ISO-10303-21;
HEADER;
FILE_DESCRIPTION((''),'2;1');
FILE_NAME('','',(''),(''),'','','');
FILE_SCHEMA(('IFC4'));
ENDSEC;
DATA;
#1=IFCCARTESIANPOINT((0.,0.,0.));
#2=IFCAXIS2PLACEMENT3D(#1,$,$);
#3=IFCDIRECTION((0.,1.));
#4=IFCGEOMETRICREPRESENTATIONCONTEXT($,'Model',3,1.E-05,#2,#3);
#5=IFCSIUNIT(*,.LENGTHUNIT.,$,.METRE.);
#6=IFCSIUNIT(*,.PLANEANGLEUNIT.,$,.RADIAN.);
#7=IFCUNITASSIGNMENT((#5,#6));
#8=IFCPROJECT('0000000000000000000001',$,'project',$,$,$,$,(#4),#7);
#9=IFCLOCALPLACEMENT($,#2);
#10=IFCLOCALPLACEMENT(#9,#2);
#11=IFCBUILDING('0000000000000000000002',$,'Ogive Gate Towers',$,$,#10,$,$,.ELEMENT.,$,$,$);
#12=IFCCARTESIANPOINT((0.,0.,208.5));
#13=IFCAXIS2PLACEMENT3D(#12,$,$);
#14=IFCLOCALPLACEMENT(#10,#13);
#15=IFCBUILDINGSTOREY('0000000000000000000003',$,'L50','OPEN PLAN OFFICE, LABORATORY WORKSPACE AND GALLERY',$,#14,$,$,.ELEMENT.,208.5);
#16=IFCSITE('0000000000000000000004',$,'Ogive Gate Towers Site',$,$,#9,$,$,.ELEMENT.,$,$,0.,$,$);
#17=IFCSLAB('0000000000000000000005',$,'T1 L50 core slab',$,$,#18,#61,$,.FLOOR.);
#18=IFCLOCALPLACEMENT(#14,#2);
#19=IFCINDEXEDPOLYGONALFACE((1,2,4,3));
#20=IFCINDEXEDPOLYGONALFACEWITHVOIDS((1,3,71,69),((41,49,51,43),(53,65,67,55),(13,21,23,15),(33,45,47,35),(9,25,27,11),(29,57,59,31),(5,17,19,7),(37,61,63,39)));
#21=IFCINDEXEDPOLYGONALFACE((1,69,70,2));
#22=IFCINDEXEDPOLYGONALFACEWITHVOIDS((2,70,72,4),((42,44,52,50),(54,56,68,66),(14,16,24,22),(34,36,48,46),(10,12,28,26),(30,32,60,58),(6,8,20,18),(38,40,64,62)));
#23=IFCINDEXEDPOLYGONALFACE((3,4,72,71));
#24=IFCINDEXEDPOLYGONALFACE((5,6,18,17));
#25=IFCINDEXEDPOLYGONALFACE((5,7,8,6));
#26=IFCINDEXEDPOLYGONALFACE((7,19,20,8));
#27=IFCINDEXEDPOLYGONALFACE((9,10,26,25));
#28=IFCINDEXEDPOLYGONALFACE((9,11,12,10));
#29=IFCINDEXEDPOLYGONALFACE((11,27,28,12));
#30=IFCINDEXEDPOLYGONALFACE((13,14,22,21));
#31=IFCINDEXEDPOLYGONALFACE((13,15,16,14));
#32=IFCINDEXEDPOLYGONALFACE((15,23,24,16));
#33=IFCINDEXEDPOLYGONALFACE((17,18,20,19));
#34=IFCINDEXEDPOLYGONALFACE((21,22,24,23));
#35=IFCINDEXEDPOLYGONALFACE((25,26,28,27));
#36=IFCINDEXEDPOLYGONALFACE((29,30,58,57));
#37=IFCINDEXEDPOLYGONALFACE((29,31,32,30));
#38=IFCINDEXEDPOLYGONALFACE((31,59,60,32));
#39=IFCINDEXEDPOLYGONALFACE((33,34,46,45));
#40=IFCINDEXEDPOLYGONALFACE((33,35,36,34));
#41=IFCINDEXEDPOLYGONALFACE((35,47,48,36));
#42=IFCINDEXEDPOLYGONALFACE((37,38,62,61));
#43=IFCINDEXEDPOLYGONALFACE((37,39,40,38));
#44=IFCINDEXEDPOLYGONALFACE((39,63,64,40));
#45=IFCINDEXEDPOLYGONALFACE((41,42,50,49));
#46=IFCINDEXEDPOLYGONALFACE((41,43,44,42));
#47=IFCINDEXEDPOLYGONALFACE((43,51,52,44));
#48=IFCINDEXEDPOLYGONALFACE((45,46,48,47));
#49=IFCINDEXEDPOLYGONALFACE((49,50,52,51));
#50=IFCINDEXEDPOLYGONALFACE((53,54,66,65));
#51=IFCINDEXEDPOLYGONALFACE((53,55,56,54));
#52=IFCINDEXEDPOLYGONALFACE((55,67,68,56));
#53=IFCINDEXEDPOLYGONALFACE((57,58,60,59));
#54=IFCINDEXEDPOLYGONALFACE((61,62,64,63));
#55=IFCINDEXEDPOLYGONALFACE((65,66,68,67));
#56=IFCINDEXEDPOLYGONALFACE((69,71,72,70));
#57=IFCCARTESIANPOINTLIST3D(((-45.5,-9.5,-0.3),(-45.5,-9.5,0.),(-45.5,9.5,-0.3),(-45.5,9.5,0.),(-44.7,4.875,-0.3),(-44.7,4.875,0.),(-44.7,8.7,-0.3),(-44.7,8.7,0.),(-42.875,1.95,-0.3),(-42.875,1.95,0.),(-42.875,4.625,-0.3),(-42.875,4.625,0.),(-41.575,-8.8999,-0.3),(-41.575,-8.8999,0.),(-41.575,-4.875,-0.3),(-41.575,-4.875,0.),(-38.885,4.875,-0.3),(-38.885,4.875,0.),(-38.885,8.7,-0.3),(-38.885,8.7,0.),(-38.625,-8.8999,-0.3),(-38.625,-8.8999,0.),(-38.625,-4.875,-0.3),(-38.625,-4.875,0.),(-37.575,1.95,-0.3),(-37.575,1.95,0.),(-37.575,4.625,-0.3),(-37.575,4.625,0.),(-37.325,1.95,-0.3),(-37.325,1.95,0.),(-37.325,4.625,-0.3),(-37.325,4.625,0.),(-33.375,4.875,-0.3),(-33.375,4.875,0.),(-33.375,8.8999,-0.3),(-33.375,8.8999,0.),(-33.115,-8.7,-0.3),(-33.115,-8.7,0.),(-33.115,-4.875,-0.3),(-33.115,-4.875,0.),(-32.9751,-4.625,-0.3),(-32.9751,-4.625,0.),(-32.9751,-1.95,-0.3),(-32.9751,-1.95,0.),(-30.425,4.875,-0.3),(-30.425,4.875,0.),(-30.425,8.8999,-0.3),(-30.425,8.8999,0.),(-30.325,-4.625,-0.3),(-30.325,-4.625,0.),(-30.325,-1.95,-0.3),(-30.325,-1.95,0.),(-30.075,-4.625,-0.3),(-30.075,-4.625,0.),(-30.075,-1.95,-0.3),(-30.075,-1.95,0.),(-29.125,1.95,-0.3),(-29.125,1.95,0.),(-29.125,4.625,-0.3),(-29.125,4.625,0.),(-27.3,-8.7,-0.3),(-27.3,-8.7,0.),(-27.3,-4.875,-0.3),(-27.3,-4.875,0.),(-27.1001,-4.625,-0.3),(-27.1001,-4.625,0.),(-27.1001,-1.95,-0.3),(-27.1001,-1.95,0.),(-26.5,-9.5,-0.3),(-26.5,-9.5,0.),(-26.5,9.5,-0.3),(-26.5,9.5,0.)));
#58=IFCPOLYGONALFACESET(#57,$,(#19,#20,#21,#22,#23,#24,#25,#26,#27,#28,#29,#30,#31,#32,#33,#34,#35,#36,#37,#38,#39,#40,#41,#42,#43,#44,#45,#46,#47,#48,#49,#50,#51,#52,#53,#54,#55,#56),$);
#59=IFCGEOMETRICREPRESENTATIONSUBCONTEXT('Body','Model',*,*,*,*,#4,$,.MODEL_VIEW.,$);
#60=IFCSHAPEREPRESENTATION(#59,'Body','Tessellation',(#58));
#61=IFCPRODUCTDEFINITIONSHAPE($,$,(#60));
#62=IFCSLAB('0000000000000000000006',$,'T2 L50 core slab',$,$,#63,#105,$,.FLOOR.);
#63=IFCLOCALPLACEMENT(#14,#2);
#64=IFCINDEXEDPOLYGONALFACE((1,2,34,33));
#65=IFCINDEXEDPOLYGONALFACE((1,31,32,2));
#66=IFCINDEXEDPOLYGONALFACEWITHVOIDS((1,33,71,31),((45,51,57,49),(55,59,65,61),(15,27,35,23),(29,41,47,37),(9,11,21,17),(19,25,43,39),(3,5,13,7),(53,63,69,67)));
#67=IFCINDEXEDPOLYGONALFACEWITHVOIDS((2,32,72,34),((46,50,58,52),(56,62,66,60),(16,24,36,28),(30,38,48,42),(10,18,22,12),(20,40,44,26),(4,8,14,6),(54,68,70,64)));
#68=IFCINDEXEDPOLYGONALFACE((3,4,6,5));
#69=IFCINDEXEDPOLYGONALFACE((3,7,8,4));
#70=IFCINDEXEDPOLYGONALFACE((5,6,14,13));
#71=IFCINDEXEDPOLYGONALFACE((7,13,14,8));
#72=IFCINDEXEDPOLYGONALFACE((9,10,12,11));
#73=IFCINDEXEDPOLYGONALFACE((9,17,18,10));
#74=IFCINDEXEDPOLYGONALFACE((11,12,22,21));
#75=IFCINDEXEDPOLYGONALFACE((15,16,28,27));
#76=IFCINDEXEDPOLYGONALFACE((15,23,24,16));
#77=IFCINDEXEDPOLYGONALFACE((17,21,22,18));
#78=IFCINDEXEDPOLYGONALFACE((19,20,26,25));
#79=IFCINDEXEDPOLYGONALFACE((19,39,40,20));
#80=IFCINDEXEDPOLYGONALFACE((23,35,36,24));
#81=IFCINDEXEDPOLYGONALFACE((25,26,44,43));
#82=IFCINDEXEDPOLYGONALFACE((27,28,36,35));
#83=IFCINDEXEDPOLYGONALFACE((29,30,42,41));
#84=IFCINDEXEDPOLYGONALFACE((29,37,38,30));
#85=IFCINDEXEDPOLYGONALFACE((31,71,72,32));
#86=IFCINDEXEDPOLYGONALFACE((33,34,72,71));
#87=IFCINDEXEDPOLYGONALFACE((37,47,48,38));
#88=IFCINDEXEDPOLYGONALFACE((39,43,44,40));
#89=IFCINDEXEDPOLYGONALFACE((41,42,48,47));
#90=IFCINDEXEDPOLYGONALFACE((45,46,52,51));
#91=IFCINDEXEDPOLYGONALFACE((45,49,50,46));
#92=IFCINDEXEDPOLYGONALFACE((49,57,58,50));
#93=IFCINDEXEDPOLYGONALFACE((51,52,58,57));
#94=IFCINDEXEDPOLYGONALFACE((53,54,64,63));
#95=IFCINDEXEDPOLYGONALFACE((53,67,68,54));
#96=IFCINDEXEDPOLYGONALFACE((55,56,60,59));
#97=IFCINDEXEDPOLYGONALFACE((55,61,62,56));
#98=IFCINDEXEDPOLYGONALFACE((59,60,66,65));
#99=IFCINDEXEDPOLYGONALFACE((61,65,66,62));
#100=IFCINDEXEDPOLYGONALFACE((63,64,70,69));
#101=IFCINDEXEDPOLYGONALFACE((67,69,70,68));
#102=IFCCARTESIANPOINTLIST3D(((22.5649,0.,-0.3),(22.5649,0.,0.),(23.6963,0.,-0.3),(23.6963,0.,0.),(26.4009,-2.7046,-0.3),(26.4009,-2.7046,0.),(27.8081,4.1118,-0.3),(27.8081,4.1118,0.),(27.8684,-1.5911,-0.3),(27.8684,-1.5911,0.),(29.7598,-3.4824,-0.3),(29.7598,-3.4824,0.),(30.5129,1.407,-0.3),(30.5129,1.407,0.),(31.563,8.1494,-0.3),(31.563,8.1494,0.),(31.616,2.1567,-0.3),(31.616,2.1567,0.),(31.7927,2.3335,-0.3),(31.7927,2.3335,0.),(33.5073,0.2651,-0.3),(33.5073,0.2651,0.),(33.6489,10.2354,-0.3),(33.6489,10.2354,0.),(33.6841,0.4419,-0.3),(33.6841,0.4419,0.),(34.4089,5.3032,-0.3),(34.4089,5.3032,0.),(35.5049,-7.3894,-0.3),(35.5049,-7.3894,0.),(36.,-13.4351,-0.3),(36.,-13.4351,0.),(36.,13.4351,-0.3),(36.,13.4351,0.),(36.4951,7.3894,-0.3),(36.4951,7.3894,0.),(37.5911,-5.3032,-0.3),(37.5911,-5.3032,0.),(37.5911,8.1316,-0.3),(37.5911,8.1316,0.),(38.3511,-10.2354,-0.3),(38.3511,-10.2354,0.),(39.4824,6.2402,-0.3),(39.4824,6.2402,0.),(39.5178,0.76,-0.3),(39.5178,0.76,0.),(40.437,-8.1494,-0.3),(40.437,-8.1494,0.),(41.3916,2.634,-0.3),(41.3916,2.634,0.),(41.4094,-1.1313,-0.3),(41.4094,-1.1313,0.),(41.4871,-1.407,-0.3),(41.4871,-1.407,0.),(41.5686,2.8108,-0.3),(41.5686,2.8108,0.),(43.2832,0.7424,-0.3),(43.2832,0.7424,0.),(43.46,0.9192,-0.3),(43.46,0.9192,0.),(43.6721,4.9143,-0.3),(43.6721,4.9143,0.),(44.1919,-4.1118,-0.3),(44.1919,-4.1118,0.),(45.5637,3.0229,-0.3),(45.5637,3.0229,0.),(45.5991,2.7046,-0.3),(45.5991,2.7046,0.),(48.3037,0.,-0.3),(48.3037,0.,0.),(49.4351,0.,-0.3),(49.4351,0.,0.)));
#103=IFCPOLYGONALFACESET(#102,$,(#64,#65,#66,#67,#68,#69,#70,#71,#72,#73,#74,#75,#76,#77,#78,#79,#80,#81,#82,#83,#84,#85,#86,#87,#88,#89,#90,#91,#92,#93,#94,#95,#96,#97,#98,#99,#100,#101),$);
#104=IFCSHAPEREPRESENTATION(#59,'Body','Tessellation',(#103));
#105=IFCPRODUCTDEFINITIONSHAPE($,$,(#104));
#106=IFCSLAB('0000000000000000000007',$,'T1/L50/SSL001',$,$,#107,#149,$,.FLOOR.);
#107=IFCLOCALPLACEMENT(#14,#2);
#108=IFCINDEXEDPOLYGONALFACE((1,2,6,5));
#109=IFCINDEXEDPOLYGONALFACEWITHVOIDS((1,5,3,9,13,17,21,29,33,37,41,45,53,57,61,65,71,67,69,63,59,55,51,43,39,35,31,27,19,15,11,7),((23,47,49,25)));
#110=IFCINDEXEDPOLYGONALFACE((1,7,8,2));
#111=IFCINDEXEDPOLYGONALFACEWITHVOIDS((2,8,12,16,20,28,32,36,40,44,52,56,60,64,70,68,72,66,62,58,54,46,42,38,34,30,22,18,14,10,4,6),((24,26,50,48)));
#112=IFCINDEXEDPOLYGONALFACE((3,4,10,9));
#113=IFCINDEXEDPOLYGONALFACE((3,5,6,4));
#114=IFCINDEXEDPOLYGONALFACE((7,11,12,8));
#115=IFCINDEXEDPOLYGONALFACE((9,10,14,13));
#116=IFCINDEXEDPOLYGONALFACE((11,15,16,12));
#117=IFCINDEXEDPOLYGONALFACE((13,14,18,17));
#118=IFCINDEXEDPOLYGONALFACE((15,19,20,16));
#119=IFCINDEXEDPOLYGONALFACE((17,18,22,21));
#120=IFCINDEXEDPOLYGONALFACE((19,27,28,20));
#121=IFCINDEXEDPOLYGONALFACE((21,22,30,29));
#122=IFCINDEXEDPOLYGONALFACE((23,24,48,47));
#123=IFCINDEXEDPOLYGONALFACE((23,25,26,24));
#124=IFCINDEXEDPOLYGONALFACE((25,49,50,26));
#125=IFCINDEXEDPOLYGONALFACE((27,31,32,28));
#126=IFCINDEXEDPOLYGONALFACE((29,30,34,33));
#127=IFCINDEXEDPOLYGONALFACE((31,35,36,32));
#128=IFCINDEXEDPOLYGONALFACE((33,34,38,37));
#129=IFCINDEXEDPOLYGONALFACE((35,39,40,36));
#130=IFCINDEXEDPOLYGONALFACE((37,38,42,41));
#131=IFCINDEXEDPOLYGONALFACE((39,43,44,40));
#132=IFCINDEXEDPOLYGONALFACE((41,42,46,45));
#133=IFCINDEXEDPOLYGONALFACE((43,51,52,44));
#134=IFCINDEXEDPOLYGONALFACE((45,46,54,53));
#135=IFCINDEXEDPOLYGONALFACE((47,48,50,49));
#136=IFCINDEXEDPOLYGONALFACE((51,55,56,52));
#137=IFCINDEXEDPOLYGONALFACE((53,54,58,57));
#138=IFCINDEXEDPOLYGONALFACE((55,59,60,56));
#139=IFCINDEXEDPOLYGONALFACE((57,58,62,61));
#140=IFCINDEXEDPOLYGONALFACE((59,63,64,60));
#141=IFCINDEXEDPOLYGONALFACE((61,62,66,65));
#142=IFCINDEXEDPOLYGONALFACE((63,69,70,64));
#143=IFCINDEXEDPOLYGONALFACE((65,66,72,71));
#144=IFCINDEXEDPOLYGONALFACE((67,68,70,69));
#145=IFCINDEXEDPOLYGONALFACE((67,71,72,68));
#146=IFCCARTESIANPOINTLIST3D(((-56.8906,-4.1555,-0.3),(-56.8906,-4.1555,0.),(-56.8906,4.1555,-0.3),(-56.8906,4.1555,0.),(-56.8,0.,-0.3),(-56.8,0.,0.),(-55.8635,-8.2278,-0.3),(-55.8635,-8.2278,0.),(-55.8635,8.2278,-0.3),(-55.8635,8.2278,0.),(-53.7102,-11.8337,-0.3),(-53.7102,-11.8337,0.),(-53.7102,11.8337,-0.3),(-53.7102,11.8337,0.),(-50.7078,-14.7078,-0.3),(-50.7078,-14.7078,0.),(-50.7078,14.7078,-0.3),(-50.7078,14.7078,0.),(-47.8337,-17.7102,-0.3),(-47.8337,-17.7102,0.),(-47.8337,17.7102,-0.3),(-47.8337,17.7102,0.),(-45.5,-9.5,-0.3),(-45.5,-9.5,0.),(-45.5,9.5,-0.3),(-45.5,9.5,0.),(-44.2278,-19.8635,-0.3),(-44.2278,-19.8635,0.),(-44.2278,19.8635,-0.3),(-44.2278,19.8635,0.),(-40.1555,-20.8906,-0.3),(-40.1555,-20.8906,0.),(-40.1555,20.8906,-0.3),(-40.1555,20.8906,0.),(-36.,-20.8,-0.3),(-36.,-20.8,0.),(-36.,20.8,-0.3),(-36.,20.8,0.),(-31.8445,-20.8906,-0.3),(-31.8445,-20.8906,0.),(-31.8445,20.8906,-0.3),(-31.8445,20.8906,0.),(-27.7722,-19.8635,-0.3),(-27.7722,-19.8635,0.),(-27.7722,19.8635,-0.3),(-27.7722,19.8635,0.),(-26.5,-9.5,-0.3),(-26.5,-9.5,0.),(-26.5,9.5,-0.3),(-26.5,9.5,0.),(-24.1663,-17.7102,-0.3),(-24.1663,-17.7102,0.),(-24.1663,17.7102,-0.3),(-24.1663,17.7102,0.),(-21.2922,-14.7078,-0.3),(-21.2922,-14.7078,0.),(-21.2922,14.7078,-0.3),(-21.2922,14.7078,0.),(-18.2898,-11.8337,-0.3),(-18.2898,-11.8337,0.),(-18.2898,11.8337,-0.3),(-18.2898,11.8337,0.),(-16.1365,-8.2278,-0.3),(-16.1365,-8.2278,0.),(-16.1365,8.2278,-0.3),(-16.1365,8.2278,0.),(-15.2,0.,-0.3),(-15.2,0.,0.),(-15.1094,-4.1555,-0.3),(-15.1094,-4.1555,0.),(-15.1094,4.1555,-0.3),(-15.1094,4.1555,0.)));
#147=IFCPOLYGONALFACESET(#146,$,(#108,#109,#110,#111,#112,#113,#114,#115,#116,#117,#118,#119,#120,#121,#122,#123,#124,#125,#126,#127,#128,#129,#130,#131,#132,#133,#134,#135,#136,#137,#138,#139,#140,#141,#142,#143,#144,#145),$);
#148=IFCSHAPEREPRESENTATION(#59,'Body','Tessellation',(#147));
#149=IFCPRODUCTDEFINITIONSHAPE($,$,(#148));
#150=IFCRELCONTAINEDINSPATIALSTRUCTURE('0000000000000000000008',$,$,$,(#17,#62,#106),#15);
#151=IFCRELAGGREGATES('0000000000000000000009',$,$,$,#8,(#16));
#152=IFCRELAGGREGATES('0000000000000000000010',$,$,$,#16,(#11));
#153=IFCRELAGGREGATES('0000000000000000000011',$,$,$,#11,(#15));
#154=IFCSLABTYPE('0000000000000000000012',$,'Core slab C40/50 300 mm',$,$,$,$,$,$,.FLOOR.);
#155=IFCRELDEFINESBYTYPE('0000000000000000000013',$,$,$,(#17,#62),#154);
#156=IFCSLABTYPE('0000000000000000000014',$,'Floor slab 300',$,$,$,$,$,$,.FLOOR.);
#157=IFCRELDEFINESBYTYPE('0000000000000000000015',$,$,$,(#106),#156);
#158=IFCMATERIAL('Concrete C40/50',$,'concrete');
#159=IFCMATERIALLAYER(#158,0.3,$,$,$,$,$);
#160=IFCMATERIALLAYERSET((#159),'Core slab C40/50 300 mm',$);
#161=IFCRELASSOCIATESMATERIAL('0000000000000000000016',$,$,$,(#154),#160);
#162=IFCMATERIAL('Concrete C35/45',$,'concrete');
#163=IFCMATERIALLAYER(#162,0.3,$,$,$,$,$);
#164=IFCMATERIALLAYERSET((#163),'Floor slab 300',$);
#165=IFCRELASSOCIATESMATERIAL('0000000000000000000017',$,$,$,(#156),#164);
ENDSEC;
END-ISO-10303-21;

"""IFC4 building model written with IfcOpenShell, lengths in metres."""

from ifc_helpers import new_model, si_unit, direction, frame, origin, place, context, subcontext, project, spatial, polyline, outline, extrude, material, layer, layer_set, type_object, element, save


model = new_model("IFC4")

# Units and contexts
model_context = context("Model", 3, precision=1e-05, world=origin(), true_north=direction((0.0, 1.0)))
body_context = subcontext(model_context, "Body", "Model", "MODEL_VIEW")
ifc_project = project(units=[si_unit("LENGTHUNIT", "METRE"), si_unit("PLANEANGLEUNIT", "RADIAN")], contexts=[model_context])

# Site, building, storey
site_placement = place(None, origin())
site = spatial("IfcSite", under=ifc_project, at=site_placement, Name="Ogive Gate Towers Site", CompositionType="ELEMENT", RefElevation=0.0)
building_placement = place(site_placement, origin())
building = spatial("IfcBuilding", under=site, at=building_placement, Name="Ogive Gate Towers", CompositionType="ELEMENT")
storey_placement = place(building_placement, frame((0.0, 0.0, 208.5)))
storey = spatial("IfcBuildingStorey", under=building, at=storey_placement, Name="L50", Description="OPEN PLAN OFFICE, LABORATORY WORKSPACE AND GALLERY", CompositionType="ELEMENT", Elevation=208.5)

# Slabs
ifc_material_1 = material(Name="Concrete C40/50", Category="concrete")
ifc_layer_1 = layer(ifc_material_1, 0.3)
ifc_layer_set_1 = layer_set([ifc_layer_1], Name="Core slab C40/50 300 mm")
slab_type_1 = type_object("IfcSlabType", Name="Core slab C40/50 300 mm", PredefinedType="FLOOR", material=ifc_layer_set_1)
slab_1_placement = place(storey_placement, frame((0.0, 0.0, -0.3)))
element("IfcSlab", 1, at=slab_1_placement, inside=storey, type_object=slab_type_1, Name="T1 L50 core slab", PredefinedType="FLOOR", context=body_context, shape_type="SweptSolid", body=[
    extrude(outline(polyline([(-45.5, -9.5), (-45.5, 9.5), (-26.5, 9.5), (-26.5, -9.5), (-45.5, -9.5)]), holes=[polyline([(-42.875, 1.95), (-37.575, 1.95), (-37.575, 4.625), (-42.875, 4.625), (-42.875, 1.95)]), polyline([(-37.325, 4.625), (-37.325, 1.95), (-29.125, 1.95), (-29.125, 4.625), (-37.325, 4.625)]), polyline([(-30.325, -1.95), (-32.9751, -1.95), (-32.9751, -4.625), (-30.325, -4.625), (-30.325, -1.95)]), polyline([(-27.1001, -4.625), (-27.1001, -1.95), (-30.075, -1.95), (-30.075, -4.625), (-27.1001, -4.625)]), polyline([(-33.375, 4.875), (-30.425, 4.875), (-30.425, 8.8999), (-33.375, 8.8999), (-33.375, 4.875)]), polyline([(-41.575, -4.875), (-41.575, -8.8999), (-38.625, -8.8999), (-38.625, -4.875), (-41.575, -4.875)]), polyline([(-44.7, 4.875), (-38.885, 4.875), (-38.885, 8.7), (-44.7, 8.7), (-44.7, 4.875)]), polyline([(-27.3, -8.7), (-27.3, -4.875), (-33.115, -4.875), (-33.115, -8.7), (-27.3, -8.7)])]), origin(), (0.0, 0.0, 1.0), 0.3),
])
slab_2_placement = place(storey_placement, frame((0.0, 0.0, -0.3)))
element("IfcSlab", 2, at=slab_2_placement, inside=storey, type_object=slab_type_1, Name="T2 L50 core slab", PredefinedType="FLOOR", context=body_context, shape_type="SweptSolid", body=[
    extrude(outline(polyline([(36.0, -13.4351), (22.5649, 0.0), (36.0, 13.4351), (49.4351, 0.0), (36.0, -13.4351)]), holes=[polyline([(29.7598, -3.4824), (33.5073, 0.2651), (31.616, 2.1567), (27.8684, -1.5911), (29.7598, -3.4824)]), polyline([(31.7927, 2.3335), (33.6841, 0.4419), (39.4824, 6.2402), (37.5911, 8.1316), (31.7927, 2.3335)]), polyline([(41.3916, 2.634), (39.5178, 0.76), (41.4094, -1.1313), (43.2832, 0.7424), (41.3916, 2.634)]), polyline([(45.5637, 3.0229), (43.6721, 4.9143), (41.5686, 2.8108), (43.46, 0.9192), (45.5637, 3.0229)]), polyline([(34.4089, 5.3032), (36.4951, 7.3894), (33.6489, 10.2354), (31.563, 8.1494), (34.4089, 5.3032)]), polyline([(35.5049, -7.3894), (38.3511, -10.2354), (40.437, -8.1494), (37.5911, -5.3032), (35.5049, -7.3894)]), polyline([(26.4009, -2.7046), (30.5129, 1.407), (27.8081, 4.1118), (23.6963, 0.0), (26.4009, -2.7046)]), polyline([(48.3037, 0.0), (45.5991, 2.7046), (41.4871, -1.407), (44.1919, -4.1118), (48.3037, 0.0)])]), origin(), (0.0, 0.0, 1.0), 0.3),
])
ifc_material_2 = material(Name="Concrete C35/45", Category="concrete")
ifc_layer_2 = layer(ifc_material_2, 0.3)
ifc_layer_set_2 = layer_set([ifc_layer_2], Name="Floor slab 300")
slab_type_2 = type_object("IfcSlabType", Name="Floor slab 300", PredefinedType="FLOOR", material=ifc_layer_set_2)
slab_3_placement = place(storey_placement, frame((0.0, 0.0, -0.3)))
element("IfcSlab", 3, at=slab_3_placement, inside=storey, type_object=slab_type_2, Name="T1/L50/SSL001", PredefinedType="FLOOR", context=body_context, shape_type="SweptSolid", body=[
    extrude(outline(polyline([(-15.1094, -4.1555), (-15.2, 0.0), (-15.1094, 4.1555), (-16.1365, 8.2278), (-18.2898, 11.8337), (-21.2922, 14.7078), (-24.1663, 17.7102), (-27.7722, 19.8635), (-31.8445, 20.8906), (-36.0, 20.8), (-40.1555, 20.8906), (-44.2278, 19.8635), (-47.8337, 17.7102), (-50.7078, 14.7078), (-53.7102, 11.8337), (-55.8635, 8.2278), (-56.8906, 4.1555), (-56.8, 0.0), (-56.8906, -4.1555), (-55.8635, -8.2278), (-53.7102, -11.8337), (-50.7078, -14.7078), (-47.8337, -17.7102), (-44.2278, -19.8635), (-40.1555, -20.8906), (-36.0, -20.8), (-31.8445, -20.8906), (-27.7722, -19.8635), (-24.1663, -17.7102), (-21.2922, -14.7078), (-18.2898, -11.8337), (-16.1365, -8.2278), (-15.1094, -4.1555)]), holes=[polyline([(-26.5, -9.5), (-45.5, -9.5), (-45.5, 9.5), (-26.5, 9.5), (-26.5, -9.5)])]), origin(), (0.0, 0.0, 1.0), 0.3),
])

save(model, "model.ifc")
